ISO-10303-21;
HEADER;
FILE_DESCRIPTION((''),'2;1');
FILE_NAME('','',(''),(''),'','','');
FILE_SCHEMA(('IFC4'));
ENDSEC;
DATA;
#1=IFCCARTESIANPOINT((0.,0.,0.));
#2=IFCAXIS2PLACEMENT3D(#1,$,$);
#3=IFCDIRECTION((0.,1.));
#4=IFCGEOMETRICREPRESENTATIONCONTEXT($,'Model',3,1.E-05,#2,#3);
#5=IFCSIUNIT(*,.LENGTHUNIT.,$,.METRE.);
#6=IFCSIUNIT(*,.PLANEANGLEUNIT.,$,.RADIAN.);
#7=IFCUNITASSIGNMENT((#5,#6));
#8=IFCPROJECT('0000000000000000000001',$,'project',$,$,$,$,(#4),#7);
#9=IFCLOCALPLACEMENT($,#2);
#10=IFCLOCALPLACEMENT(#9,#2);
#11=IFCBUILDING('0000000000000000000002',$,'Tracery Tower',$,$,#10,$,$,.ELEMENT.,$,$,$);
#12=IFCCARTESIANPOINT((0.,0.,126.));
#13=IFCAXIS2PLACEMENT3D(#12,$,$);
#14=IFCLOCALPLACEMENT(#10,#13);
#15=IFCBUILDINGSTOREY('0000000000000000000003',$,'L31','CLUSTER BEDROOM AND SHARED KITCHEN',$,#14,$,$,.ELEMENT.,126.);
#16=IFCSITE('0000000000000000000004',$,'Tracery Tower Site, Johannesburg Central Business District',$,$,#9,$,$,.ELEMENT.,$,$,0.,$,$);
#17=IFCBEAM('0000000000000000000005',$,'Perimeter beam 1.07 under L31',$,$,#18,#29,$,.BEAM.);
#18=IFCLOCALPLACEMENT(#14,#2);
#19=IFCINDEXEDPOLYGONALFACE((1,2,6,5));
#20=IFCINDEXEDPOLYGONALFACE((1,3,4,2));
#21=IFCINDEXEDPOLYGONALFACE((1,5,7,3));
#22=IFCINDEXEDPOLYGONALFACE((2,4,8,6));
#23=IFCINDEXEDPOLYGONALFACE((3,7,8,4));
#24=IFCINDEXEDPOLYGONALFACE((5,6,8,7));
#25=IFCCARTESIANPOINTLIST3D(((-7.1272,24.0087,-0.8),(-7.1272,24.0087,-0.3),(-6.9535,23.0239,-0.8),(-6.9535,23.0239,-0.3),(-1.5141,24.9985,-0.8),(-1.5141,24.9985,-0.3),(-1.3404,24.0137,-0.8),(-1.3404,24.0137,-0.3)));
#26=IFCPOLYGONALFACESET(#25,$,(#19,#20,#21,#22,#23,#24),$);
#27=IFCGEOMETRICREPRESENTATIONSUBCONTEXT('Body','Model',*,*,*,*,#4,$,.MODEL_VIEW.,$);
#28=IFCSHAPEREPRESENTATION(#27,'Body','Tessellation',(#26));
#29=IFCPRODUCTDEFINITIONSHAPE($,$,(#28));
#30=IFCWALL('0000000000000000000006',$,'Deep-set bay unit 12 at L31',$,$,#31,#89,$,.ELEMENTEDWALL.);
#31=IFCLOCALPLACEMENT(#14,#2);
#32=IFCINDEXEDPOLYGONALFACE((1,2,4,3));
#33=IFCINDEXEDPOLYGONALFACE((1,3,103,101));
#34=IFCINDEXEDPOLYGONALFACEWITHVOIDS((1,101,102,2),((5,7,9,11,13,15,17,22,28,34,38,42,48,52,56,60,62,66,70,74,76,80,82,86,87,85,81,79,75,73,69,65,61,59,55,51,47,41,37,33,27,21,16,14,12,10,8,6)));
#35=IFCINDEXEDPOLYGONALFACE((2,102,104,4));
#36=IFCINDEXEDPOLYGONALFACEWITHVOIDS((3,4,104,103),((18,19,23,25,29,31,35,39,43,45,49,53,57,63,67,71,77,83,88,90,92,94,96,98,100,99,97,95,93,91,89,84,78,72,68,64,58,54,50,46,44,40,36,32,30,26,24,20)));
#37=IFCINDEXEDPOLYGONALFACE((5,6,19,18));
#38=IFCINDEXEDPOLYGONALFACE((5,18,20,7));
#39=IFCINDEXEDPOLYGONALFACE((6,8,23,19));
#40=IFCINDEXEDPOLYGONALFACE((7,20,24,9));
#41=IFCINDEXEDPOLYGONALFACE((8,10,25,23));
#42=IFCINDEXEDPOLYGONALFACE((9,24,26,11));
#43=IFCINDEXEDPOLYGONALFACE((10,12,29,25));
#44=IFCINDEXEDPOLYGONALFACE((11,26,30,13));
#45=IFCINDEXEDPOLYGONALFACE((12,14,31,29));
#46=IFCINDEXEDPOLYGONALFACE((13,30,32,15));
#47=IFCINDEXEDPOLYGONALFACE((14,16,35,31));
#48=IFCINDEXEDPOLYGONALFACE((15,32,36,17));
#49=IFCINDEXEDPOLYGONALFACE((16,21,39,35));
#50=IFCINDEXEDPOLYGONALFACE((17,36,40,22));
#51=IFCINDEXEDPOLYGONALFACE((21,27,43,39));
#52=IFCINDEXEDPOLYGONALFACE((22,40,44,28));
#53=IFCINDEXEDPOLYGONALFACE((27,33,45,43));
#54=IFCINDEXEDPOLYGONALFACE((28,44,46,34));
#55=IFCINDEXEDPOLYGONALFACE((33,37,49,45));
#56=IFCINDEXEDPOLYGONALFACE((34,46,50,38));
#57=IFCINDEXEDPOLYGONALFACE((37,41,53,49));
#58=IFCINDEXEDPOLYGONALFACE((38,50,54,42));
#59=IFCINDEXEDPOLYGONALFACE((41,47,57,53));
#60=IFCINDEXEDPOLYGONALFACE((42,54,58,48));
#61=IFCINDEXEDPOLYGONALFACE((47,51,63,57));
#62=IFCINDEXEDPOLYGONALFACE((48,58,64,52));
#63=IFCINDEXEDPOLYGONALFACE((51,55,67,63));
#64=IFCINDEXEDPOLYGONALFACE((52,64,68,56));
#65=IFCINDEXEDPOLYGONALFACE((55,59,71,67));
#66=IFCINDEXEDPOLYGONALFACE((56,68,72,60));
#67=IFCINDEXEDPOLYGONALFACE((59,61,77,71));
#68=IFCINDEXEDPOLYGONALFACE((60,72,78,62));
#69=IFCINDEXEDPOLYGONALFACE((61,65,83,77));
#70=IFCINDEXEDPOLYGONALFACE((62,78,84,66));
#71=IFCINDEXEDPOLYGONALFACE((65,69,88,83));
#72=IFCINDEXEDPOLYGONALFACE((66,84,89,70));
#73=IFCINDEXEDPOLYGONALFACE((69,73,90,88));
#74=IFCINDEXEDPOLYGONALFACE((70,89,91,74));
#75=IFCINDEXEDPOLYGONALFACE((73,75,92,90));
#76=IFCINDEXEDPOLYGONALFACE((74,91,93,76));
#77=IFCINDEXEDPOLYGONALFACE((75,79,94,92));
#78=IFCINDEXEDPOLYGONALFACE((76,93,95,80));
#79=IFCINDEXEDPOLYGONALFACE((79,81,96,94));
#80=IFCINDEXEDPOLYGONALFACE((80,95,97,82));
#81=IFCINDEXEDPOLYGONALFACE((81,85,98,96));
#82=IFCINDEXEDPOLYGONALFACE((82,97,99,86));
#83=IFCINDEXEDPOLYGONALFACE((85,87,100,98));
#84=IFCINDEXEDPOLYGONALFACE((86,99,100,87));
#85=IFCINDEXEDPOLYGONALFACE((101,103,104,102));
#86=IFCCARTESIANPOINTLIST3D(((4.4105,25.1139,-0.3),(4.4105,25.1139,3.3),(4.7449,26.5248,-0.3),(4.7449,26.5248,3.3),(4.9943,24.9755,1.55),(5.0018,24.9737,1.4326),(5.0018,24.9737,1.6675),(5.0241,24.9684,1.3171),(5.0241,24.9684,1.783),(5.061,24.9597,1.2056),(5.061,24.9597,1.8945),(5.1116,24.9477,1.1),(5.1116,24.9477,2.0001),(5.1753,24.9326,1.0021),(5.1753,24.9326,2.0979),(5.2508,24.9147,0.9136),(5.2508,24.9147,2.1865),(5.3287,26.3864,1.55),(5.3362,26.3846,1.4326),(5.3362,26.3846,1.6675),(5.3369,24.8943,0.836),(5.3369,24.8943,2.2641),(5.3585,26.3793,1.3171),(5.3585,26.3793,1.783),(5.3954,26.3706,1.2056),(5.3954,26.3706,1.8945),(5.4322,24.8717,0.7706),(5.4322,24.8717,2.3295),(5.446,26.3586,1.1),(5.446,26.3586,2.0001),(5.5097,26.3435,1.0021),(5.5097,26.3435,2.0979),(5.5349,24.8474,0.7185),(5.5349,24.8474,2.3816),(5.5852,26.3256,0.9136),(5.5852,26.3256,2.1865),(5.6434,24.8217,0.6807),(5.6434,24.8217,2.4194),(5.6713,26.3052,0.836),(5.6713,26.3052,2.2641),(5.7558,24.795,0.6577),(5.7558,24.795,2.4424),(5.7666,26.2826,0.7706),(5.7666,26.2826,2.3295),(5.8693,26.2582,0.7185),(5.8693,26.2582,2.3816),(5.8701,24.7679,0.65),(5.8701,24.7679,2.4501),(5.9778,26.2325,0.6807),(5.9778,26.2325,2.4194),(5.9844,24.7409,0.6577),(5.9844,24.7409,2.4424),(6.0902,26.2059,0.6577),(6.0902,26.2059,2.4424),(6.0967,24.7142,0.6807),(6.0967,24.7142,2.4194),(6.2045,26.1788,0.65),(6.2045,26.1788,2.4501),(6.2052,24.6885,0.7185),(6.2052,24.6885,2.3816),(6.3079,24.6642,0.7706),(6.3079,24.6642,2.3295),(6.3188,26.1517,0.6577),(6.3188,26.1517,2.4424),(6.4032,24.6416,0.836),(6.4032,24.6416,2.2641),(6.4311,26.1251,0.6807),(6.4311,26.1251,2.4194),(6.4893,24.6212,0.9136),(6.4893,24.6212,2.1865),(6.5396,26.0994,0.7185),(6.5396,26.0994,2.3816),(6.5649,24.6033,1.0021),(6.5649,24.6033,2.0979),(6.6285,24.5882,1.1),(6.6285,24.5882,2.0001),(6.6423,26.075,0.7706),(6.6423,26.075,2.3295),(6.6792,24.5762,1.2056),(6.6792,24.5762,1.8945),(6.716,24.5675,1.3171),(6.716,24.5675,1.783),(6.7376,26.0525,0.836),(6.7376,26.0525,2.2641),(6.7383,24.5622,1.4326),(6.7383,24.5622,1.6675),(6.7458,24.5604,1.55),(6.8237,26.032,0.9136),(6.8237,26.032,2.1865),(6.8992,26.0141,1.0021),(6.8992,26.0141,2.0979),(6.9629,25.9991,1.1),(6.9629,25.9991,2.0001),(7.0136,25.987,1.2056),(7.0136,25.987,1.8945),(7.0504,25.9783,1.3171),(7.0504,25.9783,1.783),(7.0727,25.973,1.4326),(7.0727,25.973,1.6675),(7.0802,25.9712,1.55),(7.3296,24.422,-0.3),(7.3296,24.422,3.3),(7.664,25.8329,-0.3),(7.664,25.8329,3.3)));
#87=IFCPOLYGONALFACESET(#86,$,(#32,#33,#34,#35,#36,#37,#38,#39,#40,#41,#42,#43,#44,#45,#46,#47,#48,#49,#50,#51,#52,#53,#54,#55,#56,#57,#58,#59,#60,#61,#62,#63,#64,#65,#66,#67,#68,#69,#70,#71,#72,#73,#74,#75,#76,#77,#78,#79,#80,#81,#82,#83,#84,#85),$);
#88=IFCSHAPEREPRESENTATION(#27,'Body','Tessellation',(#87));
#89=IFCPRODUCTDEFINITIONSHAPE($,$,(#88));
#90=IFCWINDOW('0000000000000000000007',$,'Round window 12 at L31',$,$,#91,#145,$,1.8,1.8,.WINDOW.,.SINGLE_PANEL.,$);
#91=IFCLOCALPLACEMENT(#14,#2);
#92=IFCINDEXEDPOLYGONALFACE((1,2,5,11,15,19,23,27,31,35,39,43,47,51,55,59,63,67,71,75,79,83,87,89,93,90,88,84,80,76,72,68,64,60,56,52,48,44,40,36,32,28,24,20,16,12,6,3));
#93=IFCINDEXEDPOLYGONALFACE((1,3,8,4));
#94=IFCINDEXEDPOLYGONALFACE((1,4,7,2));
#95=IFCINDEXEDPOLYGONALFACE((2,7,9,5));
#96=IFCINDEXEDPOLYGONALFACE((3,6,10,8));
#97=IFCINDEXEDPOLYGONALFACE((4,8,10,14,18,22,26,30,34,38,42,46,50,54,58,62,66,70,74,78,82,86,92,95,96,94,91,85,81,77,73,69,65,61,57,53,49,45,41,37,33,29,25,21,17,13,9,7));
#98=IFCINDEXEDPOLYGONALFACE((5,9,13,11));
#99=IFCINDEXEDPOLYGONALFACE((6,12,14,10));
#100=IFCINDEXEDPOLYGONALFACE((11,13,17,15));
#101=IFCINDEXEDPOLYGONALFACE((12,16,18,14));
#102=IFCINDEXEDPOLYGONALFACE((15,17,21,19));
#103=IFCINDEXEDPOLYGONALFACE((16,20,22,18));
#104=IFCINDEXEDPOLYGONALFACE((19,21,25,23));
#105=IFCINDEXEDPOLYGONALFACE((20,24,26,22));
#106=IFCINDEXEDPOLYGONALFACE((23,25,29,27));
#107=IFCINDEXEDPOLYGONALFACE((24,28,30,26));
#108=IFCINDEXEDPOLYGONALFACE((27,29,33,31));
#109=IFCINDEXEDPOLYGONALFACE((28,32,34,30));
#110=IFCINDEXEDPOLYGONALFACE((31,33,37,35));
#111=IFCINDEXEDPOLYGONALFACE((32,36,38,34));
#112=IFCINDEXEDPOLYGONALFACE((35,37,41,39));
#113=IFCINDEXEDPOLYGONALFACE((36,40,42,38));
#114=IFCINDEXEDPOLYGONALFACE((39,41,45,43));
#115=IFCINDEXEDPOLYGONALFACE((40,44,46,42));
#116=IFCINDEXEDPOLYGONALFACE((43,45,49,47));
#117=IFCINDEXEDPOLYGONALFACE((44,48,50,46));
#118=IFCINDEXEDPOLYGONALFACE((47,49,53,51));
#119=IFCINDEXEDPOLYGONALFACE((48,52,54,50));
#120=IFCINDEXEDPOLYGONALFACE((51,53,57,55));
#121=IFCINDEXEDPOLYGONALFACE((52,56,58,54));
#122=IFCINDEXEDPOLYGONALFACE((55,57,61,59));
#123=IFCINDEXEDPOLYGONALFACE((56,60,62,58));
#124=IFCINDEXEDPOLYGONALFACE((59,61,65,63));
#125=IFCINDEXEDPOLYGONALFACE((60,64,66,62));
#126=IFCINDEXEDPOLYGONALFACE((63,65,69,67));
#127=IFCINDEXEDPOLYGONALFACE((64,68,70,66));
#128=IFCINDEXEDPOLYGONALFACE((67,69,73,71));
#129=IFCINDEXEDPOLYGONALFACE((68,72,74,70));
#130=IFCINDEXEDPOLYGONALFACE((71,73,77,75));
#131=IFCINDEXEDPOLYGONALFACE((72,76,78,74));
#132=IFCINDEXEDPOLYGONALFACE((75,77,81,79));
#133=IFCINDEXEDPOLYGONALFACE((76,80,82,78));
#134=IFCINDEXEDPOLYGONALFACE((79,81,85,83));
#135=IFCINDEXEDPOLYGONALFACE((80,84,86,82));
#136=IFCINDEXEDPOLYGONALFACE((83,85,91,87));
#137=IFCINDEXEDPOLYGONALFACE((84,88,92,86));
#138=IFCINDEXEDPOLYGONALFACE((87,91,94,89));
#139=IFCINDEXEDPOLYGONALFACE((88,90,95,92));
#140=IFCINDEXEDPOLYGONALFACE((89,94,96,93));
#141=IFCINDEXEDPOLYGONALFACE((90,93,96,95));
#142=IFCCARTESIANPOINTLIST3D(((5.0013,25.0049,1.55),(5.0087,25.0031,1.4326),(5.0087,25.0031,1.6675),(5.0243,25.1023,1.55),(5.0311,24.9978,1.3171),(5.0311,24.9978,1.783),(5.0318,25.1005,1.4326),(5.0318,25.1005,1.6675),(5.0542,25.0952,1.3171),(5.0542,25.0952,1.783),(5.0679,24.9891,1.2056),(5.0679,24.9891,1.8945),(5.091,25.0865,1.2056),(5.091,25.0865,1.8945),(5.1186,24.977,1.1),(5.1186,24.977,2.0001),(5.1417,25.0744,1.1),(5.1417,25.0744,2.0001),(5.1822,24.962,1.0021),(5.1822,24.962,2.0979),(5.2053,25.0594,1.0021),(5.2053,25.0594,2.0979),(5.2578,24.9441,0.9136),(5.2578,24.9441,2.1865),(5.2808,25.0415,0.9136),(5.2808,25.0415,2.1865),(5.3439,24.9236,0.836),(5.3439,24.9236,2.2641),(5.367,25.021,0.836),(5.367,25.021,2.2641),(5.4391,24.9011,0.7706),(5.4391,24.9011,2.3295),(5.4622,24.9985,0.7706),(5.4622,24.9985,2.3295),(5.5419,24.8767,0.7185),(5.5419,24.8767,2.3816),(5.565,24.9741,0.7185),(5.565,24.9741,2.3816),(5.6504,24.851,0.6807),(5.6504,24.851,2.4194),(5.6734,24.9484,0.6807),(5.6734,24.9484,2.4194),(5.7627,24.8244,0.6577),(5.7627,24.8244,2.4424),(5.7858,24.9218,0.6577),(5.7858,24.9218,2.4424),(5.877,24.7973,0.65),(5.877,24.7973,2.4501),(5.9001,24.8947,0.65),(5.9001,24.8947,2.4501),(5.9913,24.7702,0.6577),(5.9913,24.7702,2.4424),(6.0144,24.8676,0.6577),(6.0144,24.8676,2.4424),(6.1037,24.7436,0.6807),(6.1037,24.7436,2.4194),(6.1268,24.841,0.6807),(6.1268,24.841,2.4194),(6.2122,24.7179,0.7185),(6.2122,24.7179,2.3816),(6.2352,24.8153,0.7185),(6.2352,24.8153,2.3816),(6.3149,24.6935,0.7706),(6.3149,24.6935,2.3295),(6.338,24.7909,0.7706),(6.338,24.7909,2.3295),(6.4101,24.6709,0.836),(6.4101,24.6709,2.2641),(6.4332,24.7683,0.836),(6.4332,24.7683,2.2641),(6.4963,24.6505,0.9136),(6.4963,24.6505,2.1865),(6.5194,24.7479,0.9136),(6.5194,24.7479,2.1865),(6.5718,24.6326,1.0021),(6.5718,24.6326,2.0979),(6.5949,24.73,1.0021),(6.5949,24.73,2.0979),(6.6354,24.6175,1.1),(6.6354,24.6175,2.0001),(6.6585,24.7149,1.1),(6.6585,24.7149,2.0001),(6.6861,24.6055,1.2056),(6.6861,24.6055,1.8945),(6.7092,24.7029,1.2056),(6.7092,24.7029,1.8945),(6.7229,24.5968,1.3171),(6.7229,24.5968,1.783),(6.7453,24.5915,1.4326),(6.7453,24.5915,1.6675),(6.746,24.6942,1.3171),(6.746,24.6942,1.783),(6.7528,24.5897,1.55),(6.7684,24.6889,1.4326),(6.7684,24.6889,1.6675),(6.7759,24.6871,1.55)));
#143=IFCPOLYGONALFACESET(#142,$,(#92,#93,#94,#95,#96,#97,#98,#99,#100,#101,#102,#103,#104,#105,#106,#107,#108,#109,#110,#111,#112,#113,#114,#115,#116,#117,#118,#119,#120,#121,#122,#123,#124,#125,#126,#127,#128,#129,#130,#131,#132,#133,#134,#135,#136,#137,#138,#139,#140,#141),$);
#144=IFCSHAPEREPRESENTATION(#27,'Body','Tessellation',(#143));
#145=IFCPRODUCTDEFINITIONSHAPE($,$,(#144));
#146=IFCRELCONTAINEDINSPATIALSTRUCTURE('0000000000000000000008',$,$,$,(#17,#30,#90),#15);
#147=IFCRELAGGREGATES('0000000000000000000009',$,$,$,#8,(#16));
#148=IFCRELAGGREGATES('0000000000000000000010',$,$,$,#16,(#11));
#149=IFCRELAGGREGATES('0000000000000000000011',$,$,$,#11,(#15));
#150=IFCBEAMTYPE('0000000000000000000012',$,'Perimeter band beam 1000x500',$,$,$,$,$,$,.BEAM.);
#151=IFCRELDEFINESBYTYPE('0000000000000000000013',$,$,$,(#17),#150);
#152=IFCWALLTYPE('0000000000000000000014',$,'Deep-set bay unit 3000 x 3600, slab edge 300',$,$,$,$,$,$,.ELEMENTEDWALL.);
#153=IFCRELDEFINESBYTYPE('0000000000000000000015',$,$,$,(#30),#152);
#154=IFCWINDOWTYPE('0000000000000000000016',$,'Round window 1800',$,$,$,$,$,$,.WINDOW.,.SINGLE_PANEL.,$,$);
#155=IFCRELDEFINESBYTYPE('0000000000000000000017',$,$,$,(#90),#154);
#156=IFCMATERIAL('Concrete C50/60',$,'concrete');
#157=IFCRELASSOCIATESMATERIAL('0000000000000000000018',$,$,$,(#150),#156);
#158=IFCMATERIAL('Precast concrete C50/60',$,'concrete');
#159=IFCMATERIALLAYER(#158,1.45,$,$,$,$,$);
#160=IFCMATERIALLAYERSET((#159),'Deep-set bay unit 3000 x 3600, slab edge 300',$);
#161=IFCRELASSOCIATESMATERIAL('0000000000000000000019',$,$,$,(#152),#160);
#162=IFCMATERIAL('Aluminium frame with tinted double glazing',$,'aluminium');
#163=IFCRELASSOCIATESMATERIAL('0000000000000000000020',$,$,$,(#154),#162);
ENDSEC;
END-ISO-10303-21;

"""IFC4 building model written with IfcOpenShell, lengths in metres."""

from ifc_helpers import new_model, si_unit, direction, frame, frame_2d, origin, origin_2d, place, context, subcontext, project, spatial, rectangle, circle, extrude, material, layer, layer_set, material_profile, profile_set, type_object, element, fill, save


model = new_model("IFC4")

# Units and contexts
model_context = context("Model", 3, precision=1e-05, world=origin(), true_north=direction((0.0, 1.0)))
body_context = subcontext(model_context, "Body", "Model", "MODEL_VIEW")
ifc_project = project(units=[si_unit("LENGTHUNIT", "METRE"), si_unit("PLANEANGLEUNIT", "RADIAN")], contexts=[model_context])

# Site, building, storey
site_placement = place(None, origin())
site = spatial("IfcSite", under=ifc_project, at=site_placement, Name="Tracery Tower Site, Johannesburg Central Business District", CompositionType="ELEMENT", RefElevation=0.0)
building_placement = place(site_placement, origin())
building = spatial("IfcBuilding", under=site, at=building_placement, Name="Tracery Tower", CompositionType="ELEMENT")
storey_placement = place(building_placement, frame((0.0, 0.0, 126.0)))
storey = spatial("IfcBuildingStorey", under=building, at=storey_placement, Name="L31", Description="CLUSTER BEDROOM AND SHARED KITCHEN", CompositionType="ELEMENT", Elevation=126.0)

# Beam
ifc_material_1 = material(Name="Concrete C50/60", Category="concrete")
ifc_material_profile_1 = material_profile(ifc_material_1, rectangle(XDim=1.0, YDim=0.5, at=origin_2d()), Name="RC 1000x500")
ifc_profile_set_1 = profile_set([ifc_material_profile_1], Name="Concrete C50/60")
beam_type_1 = type_object("IfcBeamType", Name="Perimeter band beam 1000x500", PredefinedType="BEAM", material=ifc_profile_set_1)
beam_1_placement = place(storey_placement, frame((-1.4272, 24.5061, -0.55), z_axis=(-0.984807, -0.173651, 0.0), x_axis=(0.173651, -0.984807, 0.0)))
element("IfcBeam", 1, at=beam_1_placement, inside=storey, type_object=beam_type_1, Name="Perimeter beam 1.07 under L31", PredefinedType="BEAM", context=body_context, shape_type="SweptSolid", body=[
    extrude(rectangle(XDim=1.0, YDim=0.5, at=origin_2d()), origin(), (0.0, 0.0, 1.0), 5.6997),
])

# Wall, opening, window
ifc_material_2 = material(Name="Precast concrete C50/60", Category="concrete")
ifc_layer_1 = layer(ifc_material_2, 1.45)
ifc_layer_set_1 = layer_set([ifc_layer_1], Name="Deep-set bay unit 3000 x 3600, slab edge 300")
wall_type_1 = type_object("IfcWallType", Name="Deep-set bay unit 3000 x 3600, slab edge 300", PredefinedType="ELEMENTEDWALL", material=ifc_layer_set_1)
wall_1_placement = place(storey_placement, frame((7.4968, 25.1274, -0.3), z_axis=(0.0, 0.0, 1.0), x_axis=(-0.973042, 0.230627, 0.0)))
wall_1 = element("IfcWall", 2, at=wall_1_placement, inside=storey, type_object=wall_type_1, Name="Deep-set bay unit 12 at L31", PredefinedType="ELEMENTEDWALL", context=body_context, shape_type="SweptSolid", body=[
    extrude(rectangle(XDim=3.0, YDim=1.45, at=frame_2d((1.5, 0.0))), origin(), (0.0, 0.0, 1.0), 3.6001),
])
opening_1_placement = place(wall_1_placement, frame((1.5, 0.0, 1.8501)))
opening_1 = element("IfcOpeningElement", 3, at=opening_1_placement, cuts=wall_1, PredefinedType="OPENING", context=body_context, shape_type="SweptSolid", body=[
    extrude(circle(Radius=0.9, at=origin_2d()), frame((0.0, 0.7349, 0.0), z_axis=(0.0, -1.0, 0.0), x_axis=(1.0, 0.0, 0.0)), (0.0, 0.0, 1.0), 1.47),
])
ifc_material_3 = material(Name="Aluminium frame with tinted double glazing", Category="aluminium")
window_type = type_object("IfcWindowType", Name="Round window 1800", PartitioningType="SINGLE_PANEL", PredefinedType="WINDOW", material=ifc_material_3)
window_1_placement = place(opening_1_placement, origin())
window_1 = element("IfcWindow", 4, at=window_1_placement, inside=storey, type_object=window_type, Name="Round window 12 at L31", OverallHeight=1.8, OverallWidth=1.8, PartitioningType="SINGLE_PANEL", PredefinedType="WINDOW", context=body_context, shape_type="SweptSolid", body=[
    extrude(circle(Radius=0.9, at=origin_2d()), frame((0.0, 0.6948, 0.0), z_axis=(0.0, -1.0, 0.0), x_axis=(1.0, 0.0, 0.0)), (0.0, 0.0, 1.0), 0.1001),
])
fill(opening_1, window_1)

save(model, "model.ifc")
